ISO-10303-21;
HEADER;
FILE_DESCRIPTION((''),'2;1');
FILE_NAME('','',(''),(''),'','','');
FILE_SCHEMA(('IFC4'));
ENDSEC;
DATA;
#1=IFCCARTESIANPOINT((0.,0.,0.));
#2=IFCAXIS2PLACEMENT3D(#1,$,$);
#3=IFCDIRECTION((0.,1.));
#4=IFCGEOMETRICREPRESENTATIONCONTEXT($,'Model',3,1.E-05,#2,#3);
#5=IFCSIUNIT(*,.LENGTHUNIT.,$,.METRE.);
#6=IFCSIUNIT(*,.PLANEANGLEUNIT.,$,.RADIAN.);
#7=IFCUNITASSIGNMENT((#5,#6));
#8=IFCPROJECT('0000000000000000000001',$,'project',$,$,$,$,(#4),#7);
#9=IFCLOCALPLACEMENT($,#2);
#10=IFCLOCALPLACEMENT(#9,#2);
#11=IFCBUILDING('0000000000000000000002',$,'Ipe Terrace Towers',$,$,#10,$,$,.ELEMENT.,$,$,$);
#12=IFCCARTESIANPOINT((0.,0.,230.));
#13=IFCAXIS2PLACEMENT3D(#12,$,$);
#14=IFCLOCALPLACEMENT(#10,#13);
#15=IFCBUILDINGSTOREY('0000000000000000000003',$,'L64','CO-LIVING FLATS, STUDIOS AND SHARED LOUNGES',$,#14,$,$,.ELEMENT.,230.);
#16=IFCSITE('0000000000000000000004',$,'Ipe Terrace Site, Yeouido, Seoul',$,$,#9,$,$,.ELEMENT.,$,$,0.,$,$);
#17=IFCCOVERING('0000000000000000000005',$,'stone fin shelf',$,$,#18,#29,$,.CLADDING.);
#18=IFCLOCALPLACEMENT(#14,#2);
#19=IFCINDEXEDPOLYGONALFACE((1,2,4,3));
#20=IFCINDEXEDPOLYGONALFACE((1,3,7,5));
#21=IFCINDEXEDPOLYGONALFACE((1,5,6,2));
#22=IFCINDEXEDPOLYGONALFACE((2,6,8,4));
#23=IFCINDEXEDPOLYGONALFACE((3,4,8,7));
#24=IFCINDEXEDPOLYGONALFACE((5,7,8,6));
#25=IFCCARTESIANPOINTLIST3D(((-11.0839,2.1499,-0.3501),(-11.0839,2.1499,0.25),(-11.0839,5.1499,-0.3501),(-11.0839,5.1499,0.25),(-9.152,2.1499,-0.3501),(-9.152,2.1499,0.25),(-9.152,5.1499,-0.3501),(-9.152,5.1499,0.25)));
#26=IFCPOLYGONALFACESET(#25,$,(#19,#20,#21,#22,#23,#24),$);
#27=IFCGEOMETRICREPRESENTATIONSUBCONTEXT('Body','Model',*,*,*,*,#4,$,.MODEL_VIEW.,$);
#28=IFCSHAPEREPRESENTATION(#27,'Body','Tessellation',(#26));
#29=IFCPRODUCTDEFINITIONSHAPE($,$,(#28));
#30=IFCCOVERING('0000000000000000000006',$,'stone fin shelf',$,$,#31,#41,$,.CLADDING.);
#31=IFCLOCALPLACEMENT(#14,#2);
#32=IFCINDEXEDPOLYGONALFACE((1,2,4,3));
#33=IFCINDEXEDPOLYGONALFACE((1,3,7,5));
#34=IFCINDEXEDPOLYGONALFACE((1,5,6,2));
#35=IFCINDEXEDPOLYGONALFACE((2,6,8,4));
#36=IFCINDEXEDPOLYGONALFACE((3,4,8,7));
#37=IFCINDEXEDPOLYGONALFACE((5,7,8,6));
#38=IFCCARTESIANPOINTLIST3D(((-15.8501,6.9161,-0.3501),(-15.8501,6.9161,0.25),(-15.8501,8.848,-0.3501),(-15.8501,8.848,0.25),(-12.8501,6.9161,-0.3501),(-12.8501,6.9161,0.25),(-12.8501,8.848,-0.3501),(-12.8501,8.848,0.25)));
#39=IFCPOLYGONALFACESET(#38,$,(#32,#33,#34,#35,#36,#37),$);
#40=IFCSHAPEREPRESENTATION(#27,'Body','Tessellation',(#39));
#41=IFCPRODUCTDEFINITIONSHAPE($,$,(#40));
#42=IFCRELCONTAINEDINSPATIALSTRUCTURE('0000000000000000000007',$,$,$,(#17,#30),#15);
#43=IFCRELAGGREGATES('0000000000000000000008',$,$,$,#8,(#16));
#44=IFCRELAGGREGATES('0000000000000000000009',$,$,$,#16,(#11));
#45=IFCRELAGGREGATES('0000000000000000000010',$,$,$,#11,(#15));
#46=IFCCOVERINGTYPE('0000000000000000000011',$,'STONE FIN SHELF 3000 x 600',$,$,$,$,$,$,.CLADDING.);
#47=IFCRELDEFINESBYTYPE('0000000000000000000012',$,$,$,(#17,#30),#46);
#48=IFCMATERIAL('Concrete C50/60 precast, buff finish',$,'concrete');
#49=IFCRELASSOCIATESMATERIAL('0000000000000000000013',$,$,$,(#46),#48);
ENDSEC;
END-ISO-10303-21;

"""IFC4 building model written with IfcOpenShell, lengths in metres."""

from ifc_helpers import new_model, si_unit, direction, frame, origin, origin_2d, place, context, subcontext, project, spatial, rectangle, extrude, material, type_object, element, save


model = new_model("IFC4")

# Units and contexts
model_context = context("Model", 3, precision=1e-05, world=origin(), true_north=direction((0.0, 1.0)))
body_context = subcontext(model_context, "Body", "Model", "MODEL_VIEW")
ifc_project = project(units=[si_unit("LENGTHUNIT", "METRE"), si_unit("PLANEANGLEUNIT", "RADIAN")], contexts=[model_context])

# Site, building, storey
site_placement = place(None, origin())
site = spatial("IfcSite", under=ifc_project, at=site_placement, Name="Ipe Terrace Site, Yeouido, Seoul", CompositionType="ELEMENT", RefElevation=0.0)
building_placement = place(site_placement, origin())
building = spatial("IfcBuilding", under=site, at=building_placement, Name="Ipe Terrace Towers", CompositionType="ELEMENT")
storey_placement = place(building_placement, frame((0.0, 0.0, 230.0)))
storey = spatial("IfcBuildingStorey", under=building, at=storey_placement, Name="L64", Description="CO-LIVING FLATS, STUDIOS AND SHARED LOUNGES", CompositionType="ELEMENT", Elevation=230.0)

# Coverings
ifc_material_1 = material(Name="Concrete C50/60 precast, buff finish", Category="concrete")
covering_type_1 = type_object("IfcCoveringType", Name="STONE FIN SHELF 3000 x 600", PredefinedType="CLADDING", material=ifc_material_1)
for number, where, z_axis, x_axis, name in (
    (1, (-10.1179, 3.6499, -0.3501), (0.0, 0.0, 1.0), (0.0, 1.0, 0.0), "stone fin shelf"),
    (2, (-14.3501, 7.8821, -0.3501), (0.0, 0.0, 1.0), (-1.0, 0.0, 0.0), "stone fin shelf"),
):
    element("IfcCovering", number, at=place(storey_placement, frame(where, z_axis=z_axis, x_axis=x_axis)), inside=storey, type_object=covering_type_1, Name=name, PredefinedType="CLADDING", context=body_context, shape_type="SweptSolid", body=[
        extrude(rectangle(XDim=3.0, YDim=1.9319, at=origin_2d()), origin(), (0.0, 0.0, 1.0), 0.6001),
    ])

save(model, "model.ifc")
